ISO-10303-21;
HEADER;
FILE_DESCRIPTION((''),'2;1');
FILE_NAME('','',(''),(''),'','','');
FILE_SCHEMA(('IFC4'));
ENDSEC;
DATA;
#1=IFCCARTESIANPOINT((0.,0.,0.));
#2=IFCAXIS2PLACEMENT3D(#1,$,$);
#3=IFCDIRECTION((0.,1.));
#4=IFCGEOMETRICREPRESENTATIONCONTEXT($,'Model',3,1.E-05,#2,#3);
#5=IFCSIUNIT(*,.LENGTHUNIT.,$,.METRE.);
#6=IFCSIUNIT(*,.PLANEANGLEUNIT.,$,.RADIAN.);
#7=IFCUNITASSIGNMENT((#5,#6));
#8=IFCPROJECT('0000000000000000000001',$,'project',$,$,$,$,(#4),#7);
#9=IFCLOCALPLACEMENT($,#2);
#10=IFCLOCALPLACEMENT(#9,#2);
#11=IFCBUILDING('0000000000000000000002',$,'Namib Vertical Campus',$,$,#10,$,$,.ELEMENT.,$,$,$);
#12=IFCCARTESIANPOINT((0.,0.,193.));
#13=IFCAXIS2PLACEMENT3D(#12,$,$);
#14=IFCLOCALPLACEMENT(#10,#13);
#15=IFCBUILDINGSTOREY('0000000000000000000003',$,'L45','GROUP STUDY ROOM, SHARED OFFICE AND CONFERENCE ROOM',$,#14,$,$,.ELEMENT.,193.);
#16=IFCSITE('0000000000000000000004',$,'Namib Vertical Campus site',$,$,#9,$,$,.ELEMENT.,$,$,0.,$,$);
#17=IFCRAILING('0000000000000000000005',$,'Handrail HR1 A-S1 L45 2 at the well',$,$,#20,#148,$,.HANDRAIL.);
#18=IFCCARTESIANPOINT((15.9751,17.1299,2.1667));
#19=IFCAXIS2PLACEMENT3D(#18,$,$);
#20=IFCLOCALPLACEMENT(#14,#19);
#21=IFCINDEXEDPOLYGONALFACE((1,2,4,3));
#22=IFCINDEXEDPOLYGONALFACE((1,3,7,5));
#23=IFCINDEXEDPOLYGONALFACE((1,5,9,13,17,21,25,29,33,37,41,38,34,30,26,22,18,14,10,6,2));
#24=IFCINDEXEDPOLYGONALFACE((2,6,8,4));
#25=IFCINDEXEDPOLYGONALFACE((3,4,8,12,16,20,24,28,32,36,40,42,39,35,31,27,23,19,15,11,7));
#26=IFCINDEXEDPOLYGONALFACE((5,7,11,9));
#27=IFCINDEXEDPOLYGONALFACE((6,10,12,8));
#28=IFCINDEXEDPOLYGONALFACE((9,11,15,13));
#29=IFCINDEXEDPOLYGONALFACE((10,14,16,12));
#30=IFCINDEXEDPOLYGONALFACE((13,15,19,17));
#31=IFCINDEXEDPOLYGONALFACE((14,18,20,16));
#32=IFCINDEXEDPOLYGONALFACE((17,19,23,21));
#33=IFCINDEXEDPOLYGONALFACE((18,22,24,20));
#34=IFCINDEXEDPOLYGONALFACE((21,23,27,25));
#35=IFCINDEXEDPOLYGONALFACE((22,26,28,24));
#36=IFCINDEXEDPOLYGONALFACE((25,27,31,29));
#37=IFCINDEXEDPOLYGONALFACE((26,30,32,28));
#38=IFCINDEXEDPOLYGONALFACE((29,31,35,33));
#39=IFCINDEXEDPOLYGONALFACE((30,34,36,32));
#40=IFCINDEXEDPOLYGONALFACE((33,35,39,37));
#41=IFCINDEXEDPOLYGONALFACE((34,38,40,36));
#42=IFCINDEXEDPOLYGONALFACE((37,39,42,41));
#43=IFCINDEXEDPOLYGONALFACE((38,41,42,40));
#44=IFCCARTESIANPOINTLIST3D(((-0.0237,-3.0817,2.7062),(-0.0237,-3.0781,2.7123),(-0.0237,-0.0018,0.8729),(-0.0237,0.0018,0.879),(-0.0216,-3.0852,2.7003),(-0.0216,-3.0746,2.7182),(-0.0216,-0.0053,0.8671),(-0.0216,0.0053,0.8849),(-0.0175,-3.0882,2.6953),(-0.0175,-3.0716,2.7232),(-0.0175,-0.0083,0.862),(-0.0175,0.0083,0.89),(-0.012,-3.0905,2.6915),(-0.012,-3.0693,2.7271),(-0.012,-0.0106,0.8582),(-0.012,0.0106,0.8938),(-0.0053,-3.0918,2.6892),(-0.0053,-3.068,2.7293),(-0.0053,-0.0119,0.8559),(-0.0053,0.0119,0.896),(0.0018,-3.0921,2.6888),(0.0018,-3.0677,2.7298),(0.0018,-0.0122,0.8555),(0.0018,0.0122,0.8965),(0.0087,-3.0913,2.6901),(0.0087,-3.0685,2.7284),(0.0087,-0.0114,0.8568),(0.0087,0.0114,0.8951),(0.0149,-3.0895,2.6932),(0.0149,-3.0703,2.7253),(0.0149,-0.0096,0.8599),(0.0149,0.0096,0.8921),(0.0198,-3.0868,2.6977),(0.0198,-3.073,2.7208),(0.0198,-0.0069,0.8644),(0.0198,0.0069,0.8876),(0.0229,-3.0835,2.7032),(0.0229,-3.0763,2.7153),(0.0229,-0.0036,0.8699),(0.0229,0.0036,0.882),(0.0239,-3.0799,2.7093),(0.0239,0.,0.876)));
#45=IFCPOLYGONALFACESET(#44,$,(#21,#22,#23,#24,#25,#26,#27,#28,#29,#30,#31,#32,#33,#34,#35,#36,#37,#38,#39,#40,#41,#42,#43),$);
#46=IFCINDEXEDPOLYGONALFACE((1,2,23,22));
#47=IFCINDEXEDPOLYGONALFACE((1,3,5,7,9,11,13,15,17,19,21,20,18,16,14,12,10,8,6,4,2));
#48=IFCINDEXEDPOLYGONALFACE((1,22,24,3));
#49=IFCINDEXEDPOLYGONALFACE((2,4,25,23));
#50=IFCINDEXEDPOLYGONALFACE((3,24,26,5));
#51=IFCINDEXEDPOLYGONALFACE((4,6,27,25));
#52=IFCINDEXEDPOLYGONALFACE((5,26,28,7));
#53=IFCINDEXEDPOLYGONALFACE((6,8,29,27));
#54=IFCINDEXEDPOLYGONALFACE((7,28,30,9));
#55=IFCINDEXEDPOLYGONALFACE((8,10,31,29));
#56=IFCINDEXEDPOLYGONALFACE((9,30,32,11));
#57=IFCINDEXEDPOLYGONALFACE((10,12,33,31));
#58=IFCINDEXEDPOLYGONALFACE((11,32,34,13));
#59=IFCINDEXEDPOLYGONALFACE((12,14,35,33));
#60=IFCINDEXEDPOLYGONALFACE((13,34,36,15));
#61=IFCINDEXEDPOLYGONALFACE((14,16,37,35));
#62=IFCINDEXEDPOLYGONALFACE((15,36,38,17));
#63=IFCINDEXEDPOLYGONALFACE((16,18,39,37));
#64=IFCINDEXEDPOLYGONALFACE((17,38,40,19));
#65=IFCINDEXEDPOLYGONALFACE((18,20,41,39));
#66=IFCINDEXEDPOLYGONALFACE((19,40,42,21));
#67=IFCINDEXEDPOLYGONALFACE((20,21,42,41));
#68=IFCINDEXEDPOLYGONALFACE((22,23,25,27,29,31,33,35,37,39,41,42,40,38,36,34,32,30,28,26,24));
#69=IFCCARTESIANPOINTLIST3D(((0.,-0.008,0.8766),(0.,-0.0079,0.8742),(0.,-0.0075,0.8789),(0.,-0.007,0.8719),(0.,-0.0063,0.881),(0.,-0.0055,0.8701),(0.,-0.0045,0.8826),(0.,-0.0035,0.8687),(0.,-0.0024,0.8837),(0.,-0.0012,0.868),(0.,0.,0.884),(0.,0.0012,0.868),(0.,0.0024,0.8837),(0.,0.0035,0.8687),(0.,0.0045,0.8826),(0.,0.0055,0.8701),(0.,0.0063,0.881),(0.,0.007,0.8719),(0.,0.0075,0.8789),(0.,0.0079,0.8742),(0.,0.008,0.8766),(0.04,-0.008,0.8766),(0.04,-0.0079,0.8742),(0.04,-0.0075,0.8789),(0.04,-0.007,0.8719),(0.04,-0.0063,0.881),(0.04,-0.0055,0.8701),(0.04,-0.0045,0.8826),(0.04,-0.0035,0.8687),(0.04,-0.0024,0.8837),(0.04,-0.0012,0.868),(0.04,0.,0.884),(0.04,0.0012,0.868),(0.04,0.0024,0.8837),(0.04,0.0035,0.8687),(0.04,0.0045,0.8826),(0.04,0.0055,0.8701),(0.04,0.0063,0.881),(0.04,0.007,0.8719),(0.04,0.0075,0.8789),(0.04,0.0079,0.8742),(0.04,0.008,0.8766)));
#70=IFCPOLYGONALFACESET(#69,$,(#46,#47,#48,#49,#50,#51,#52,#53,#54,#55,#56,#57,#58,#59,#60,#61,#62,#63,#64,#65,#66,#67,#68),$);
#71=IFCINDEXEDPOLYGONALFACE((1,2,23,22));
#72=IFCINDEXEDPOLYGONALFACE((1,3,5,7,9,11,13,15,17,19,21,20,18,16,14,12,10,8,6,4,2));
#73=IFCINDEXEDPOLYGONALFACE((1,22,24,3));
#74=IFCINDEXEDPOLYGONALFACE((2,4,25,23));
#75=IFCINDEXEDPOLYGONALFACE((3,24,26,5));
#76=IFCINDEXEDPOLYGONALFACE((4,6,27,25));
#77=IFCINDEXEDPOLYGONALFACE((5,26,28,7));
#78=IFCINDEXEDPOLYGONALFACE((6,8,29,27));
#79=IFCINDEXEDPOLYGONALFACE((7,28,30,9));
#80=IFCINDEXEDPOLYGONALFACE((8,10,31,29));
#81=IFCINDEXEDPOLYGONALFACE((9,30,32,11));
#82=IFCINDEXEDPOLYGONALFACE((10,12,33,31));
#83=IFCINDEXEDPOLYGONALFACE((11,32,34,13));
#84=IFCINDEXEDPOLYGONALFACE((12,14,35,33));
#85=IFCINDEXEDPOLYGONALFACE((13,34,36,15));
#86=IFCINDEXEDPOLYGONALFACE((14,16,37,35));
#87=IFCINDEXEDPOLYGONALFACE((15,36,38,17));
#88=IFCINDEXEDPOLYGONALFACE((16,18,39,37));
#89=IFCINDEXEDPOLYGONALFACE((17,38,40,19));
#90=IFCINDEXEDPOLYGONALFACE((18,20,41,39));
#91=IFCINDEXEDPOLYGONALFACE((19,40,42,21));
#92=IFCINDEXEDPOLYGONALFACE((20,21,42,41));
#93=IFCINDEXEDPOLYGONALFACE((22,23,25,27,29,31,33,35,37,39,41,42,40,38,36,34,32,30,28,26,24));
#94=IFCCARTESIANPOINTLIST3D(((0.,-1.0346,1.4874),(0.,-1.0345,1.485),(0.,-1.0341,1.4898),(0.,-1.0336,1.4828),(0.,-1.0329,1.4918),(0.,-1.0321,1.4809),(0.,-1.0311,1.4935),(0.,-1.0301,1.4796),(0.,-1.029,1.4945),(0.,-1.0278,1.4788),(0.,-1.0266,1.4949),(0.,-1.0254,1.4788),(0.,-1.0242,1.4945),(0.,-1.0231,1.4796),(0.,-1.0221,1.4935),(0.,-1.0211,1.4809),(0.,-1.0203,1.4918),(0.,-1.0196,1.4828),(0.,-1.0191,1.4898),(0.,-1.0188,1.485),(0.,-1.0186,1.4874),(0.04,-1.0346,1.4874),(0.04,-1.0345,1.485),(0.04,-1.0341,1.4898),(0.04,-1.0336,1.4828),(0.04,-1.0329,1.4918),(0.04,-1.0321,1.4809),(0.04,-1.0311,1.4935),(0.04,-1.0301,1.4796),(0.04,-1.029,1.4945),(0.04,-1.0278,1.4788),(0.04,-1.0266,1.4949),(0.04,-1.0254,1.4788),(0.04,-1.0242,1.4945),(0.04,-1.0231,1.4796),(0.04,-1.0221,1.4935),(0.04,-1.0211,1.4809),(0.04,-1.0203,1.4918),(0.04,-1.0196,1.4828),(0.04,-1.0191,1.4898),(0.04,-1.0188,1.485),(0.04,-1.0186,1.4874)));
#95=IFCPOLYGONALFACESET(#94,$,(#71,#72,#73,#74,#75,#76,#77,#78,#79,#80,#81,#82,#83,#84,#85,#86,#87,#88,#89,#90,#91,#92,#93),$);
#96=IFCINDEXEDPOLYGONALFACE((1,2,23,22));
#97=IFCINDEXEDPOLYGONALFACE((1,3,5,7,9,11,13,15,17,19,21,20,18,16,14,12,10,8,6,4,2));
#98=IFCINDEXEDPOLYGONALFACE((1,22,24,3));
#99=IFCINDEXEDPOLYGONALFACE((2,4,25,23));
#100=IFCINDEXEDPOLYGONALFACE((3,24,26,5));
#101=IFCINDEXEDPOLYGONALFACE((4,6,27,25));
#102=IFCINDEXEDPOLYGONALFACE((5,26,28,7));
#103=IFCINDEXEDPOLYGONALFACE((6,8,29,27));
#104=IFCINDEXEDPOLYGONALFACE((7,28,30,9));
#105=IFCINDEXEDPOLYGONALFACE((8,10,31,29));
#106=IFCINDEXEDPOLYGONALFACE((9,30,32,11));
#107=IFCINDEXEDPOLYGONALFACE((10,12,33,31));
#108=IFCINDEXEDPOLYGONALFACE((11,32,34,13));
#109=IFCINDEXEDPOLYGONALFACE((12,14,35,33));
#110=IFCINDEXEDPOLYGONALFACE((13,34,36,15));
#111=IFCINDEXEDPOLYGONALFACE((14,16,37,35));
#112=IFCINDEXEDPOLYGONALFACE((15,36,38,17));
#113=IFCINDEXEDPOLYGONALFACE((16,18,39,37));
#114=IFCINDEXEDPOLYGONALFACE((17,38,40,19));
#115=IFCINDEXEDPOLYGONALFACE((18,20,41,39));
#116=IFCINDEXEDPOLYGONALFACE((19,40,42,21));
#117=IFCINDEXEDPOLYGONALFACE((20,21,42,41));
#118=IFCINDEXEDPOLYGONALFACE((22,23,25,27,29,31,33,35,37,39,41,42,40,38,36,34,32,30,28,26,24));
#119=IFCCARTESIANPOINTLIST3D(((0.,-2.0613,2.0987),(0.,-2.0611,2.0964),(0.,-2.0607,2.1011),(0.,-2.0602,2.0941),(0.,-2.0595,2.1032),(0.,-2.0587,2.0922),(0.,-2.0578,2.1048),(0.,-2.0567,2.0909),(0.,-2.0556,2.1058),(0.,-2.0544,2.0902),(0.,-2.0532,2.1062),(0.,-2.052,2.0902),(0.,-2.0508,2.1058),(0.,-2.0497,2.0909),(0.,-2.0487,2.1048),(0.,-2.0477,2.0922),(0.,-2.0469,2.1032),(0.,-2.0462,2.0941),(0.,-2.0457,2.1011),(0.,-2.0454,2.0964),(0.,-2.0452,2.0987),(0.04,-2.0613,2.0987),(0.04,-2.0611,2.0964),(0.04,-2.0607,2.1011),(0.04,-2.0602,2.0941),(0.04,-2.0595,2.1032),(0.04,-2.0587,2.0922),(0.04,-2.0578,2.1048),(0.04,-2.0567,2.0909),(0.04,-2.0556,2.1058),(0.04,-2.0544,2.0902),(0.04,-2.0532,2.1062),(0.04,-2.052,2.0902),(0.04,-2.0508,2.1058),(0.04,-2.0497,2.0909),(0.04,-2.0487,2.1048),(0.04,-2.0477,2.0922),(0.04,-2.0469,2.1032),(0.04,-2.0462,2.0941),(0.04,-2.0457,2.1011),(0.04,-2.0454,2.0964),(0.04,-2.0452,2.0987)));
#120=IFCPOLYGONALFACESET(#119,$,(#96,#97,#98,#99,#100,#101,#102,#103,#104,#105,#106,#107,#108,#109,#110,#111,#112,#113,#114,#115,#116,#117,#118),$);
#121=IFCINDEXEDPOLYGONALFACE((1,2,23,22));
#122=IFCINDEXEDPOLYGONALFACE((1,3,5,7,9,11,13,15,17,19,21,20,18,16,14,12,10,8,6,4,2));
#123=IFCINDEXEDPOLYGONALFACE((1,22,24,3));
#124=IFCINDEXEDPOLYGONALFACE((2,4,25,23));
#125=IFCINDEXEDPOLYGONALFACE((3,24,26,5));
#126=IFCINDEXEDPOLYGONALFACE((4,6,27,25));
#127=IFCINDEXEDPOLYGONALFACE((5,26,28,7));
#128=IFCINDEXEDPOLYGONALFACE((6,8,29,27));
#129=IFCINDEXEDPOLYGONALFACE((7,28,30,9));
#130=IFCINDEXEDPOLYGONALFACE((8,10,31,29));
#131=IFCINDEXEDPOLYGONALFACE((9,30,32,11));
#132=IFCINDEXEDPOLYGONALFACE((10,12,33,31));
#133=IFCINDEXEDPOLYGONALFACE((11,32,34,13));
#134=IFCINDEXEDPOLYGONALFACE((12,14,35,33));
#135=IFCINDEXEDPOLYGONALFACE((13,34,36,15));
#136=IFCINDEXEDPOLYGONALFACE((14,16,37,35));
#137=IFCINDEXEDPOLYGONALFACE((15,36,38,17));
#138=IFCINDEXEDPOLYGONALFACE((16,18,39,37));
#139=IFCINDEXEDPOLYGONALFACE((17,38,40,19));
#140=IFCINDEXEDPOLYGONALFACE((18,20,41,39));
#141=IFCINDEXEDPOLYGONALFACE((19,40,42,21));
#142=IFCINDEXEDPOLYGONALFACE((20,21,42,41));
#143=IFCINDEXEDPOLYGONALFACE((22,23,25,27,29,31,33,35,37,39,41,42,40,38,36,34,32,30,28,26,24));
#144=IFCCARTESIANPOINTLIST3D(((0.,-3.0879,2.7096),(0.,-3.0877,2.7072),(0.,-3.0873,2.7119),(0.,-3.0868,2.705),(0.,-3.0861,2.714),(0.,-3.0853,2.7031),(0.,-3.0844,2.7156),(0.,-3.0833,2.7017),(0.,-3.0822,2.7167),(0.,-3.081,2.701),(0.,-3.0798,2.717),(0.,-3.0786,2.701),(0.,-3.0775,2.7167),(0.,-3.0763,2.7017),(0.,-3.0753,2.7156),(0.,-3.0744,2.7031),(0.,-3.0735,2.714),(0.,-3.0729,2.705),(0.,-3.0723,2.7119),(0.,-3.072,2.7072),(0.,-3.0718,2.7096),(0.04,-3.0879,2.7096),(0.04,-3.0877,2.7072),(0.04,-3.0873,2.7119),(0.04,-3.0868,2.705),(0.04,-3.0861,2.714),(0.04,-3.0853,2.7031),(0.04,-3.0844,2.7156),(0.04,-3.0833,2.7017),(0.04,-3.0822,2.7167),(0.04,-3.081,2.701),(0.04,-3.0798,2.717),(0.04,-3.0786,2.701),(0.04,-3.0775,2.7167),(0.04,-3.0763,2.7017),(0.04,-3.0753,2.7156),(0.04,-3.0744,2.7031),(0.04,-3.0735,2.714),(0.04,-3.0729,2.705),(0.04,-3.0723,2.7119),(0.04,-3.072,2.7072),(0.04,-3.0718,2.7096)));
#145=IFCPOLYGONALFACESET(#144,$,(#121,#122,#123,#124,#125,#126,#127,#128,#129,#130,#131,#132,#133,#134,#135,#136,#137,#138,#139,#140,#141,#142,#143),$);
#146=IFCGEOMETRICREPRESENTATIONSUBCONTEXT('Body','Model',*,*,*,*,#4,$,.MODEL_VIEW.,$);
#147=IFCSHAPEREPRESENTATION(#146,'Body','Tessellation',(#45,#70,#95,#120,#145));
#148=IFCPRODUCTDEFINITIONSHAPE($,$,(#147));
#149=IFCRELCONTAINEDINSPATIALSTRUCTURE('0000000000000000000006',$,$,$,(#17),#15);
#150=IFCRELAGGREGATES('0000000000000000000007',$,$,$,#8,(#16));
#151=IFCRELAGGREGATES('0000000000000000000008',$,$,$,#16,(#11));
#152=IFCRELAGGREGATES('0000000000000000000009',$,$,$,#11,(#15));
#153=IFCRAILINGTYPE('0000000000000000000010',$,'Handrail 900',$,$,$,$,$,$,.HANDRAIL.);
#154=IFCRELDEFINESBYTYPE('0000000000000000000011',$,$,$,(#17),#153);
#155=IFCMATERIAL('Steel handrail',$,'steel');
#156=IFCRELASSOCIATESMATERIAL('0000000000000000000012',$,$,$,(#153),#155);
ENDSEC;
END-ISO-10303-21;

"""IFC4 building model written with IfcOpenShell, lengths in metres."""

from ifc_helpers import new_model, si_unit, direction, frame, origin, origin_2d, place, context, subcontext, project, spatial, circle, extrude, material, type_object, element, save


model = new_model("IFC4")

# Units and contexts
model_context = context("Model", 3, precision=1e-05, world=origin(), true_north=direction((0.0, 1.0)))
body_context = subcontext(model_context, "Body", "Model", "MODEL_VIEW")
ifc_project = project(units=[si_unit("LENGTHUNIT", "METRE"), si_unit("PLANEANGLEUNIT", "RADIAN")], contexts=[model_context])

# Site, building, storey
site_placement = place(None, origin())
site = spatial("IfcSite", under=ifc_project, at=site_placement, Name="Namib Vertical Campus site", CompositionType="ELEMENT", RefElevation=0.0)
building_placement = place(site_placement, origin())
building = spatial("IfcBuilding", under=site, at=building_placement, Name="Namib Vertical Campus", CompositionType="ELEMENT")
storey_placement = place(building_placement, frame((0.0, 0.0, 193.0)))
storey = spatial("IfcBuildingStorey", under=building, at=storey_placement, Name="L45", Description="GROUP STUDY ROOM, SHARED OFFICE AND CONFERENCE ROOM", CompositionType="ELEMENT", Elevation=193.0)

# Railing
ifc_material_1 = material(Name="Steel handrail", Category="steel")
railing_type_1 = type_object("IfcRailingType", Name="Handrail 900", PredefinedType="HANDRAIL", material=ifc_material_1)
railing_1_placement = place(storey_placement, frame((15.9751, 17.1299, 2.1667)))
element("IfcRailing", 1, at=railing_1_placement, inside=storey, type_object=railing_type_1, Name="Handrail HR1 A-S1 L45 2 at the well", PredefinedType="HANDRAIL", context=body_context, shape_type="SweptSolid", body=[
    extrude(circle(Radius=0.0239, at=origin_2d()), frame((0.0, 0.0, 0.876), z_axis=(0.0, -0.859291, 0.511487), x_axis=(1.0, 0.0, 0.0)), (0.0, 0.0, 1.0), 3.5842),
    extrude(circle(Radius=0.0081, at=origin_2d()), frame((0.0, 0.0, 0.876), z_axis=(1.0, 0.0, 0.0), x_axis=(0.0, 0.0, 1.0)), (0.0, 0.0, 1.0), 0.04),
    extrude(circle(Radius=0.0081, at=origin_2d()), frame((0.0, -1.0266, 1.4868), z_axis=(1.0, 0.0, 0.0), x_axis=(0.0, 0.0, 1.0)), (0.0, 0.0, 1.0), 0.04),
    extrude(circle(Radius=0.0081, at=origin_2d()), frame((0.0, -2.0532, 2.0981), z_axis=(1.0, 0.0, 0.0), x_axis=(0.0, 0.0, 1.0)), (0.0, 0.0, 1.0), 0.04),
    extrude(circle(Radius=0.0081, at=origin_2d()), frame((0.0, -3.0798, 2.709), z_axis=(1.0, 0.0, 0.0), x_axis=(0.0, 0.0, 1.0)), (0.0, 0.0, 1.0), 0.04),
])

save(model, "model.ifc")
